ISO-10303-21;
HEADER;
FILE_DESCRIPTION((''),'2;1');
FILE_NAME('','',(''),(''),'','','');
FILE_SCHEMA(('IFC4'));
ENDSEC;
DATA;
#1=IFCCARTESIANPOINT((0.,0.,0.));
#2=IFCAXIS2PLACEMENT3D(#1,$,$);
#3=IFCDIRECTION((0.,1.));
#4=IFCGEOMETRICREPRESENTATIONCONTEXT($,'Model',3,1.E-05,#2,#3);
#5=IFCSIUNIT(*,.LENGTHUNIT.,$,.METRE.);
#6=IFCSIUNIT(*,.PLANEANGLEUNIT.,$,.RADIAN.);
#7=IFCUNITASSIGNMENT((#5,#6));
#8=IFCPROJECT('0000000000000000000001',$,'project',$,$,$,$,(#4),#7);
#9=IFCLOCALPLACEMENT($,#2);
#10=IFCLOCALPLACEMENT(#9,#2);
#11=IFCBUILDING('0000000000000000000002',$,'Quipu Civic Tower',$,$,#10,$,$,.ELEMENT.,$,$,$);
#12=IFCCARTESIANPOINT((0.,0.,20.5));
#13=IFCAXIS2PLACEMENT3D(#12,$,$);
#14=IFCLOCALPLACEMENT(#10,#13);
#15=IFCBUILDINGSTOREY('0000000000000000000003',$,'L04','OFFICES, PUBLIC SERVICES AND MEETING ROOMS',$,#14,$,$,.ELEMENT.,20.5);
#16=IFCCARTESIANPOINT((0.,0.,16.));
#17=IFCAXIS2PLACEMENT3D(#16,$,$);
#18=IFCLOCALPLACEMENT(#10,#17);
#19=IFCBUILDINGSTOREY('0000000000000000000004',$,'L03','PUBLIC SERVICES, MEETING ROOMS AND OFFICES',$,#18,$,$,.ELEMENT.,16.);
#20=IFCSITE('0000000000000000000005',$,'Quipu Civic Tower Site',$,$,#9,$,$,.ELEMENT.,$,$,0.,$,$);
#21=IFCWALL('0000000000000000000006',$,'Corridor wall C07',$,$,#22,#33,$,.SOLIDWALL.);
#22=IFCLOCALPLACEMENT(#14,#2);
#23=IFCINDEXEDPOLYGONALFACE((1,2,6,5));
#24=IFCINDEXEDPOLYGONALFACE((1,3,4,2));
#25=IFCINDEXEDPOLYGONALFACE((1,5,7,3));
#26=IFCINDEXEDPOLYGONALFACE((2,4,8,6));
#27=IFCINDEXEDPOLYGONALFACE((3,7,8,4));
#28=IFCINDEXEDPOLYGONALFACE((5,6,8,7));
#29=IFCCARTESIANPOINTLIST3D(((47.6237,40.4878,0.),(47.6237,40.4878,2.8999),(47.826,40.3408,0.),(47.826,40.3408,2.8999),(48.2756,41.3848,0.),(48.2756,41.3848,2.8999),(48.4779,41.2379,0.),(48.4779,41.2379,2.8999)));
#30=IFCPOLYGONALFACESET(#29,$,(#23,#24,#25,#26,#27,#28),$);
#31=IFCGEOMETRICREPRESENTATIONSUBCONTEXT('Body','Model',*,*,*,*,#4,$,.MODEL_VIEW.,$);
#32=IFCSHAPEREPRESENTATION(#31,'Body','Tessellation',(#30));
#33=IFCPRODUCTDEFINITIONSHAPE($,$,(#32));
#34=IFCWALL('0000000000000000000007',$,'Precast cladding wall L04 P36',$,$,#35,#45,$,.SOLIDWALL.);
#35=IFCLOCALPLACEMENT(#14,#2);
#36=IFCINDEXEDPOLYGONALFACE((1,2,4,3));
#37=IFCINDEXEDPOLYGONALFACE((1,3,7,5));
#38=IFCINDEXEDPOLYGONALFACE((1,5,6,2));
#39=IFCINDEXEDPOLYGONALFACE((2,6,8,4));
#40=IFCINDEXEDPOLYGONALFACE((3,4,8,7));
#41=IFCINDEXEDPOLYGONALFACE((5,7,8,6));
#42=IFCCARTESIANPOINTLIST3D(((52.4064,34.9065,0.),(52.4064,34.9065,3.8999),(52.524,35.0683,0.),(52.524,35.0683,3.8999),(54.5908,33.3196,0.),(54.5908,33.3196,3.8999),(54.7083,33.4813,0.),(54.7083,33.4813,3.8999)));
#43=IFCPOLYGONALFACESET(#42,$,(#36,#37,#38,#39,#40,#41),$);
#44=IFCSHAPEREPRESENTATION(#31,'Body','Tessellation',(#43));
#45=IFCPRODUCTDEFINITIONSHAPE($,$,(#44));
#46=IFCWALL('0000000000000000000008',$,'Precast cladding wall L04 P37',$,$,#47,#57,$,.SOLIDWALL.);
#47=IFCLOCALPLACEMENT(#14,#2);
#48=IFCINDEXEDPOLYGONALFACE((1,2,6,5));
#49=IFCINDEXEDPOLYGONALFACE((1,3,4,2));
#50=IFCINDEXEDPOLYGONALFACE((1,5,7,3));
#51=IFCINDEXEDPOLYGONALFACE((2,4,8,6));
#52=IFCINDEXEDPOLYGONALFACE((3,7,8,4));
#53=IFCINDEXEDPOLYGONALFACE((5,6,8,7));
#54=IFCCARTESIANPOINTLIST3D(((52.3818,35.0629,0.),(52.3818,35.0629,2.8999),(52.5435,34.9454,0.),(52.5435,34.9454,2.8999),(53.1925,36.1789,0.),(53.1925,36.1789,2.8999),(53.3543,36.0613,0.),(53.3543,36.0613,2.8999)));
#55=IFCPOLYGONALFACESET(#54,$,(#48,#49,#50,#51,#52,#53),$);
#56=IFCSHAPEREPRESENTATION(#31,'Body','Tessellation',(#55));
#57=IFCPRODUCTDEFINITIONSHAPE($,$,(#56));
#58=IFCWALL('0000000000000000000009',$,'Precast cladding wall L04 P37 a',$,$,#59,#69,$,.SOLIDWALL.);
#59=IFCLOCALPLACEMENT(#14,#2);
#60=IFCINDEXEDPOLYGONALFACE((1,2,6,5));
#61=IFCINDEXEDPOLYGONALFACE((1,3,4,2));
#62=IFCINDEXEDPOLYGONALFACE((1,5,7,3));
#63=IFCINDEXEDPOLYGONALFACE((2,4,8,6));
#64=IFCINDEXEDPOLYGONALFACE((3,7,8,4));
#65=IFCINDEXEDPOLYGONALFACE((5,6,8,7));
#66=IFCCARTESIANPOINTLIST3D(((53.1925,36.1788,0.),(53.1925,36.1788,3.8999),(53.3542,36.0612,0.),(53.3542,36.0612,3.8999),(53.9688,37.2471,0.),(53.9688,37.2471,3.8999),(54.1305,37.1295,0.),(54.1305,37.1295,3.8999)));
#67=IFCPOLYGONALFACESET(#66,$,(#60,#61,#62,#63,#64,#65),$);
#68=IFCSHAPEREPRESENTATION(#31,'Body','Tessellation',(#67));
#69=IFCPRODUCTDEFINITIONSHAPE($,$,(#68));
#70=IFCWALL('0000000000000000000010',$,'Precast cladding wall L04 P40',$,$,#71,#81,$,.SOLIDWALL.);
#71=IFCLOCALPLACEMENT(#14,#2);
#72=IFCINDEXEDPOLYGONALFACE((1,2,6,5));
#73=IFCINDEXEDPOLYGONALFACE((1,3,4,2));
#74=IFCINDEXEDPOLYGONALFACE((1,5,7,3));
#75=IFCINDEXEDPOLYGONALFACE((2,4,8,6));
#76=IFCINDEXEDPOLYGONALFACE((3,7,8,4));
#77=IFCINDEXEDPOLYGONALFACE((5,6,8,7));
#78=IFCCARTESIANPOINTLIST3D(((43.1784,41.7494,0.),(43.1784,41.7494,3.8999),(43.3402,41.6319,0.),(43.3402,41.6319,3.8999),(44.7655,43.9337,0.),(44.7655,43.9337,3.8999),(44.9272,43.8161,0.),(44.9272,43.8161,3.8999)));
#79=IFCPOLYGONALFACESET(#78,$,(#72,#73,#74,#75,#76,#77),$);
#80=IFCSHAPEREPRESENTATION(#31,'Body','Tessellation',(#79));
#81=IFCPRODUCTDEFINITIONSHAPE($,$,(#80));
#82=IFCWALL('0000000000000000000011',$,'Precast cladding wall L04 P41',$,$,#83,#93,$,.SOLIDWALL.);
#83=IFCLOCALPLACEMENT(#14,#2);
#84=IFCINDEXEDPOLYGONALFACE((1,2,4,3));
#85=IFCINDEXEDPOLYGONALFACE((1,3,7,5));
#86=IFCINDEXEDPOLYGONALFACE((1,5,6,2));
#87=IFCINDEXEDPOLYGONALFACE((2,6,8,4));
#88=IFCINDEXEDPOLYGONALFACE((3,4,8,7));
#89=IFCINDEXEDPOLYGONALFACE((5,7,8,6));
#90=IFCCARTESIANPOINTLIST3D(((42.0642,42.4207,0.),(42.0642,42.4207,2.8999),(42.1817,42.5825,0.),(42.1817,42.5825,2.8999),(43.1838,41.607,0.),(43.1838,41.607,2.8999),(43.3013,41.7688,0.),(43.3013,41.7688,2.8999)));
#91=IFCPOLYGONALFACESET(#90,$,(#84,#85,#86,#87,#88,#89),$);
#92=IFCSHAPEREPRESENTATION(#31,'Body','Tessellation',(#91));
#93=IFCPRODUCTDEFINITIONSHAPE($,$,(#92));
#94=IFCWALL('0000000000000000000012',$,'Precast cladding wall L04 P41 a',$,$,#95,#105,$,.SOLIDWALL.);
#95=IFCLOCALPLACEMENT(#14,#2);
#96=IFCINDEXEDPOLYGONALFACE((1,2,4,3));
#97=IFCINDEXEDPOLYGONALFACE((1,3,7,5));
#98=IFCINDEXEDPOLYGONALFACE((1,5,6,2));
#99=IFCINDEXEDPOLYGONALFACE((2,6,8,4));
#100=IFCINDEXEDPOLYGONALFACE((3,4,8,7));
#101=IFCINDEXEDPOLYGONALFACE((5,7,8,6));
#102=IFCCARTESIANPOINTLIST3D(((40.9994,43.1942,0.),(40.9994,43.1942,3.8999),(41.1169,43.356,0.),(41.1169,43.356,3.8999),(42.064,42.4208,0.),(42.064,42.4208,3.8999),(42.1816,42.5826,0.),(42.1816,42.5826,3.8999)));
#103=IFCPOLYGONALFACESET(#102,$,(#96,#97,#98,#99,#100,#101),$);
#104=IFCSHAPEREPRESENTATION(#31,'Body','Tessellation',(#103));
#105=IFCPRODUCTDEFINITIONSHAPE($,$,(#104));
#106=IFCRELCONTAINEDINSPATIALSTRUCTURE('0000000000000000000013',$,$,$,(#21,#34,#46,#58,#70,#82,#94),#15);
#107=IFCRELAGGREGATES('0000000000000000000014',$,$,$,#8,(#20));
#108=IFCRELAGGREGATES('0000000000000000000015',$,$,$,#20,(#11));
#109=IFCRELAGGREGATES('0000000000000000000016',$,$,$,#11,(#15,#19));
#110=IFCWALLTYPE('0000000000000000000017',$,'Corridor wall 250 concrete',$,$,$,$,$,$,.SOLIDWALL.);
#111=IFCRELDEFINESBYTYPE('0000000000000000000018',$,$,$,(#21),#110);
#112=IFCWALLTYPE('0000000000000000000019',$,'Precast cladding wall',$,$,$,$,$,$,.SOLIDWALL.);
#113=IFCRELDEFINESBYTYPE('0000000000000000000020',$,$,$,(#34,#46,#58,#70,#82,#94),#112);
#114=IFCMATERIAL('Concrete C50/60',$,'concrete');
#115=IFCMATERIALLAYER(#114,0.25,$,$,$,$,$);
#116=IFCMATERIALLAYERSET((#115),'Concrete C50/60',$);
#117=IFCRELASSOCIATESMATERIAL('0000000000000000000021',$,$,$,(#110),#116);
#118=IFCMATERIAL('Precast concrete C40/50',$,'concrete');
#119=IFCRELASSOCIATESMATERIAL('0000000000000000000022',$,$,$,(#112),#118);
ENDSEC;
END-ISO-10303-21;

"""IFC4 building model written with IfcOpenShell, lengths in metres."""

from ifc_helpers import new_model, si_unit, direction, frame, frame_2d, origin, place, context, subcontext, project, spatial, rectangle, extrude, material, layer, layer_set, type_object, element, save


model = new_model("IFC4")

# Units and contexts
model_context = context("Model", 3, precision=1e-05, world=origin(), true_north=direction((0.0, 1.0)))
body_context = subcontext(model_context, "Body", "Model", "MODEL_VIEW")
ifc_project = project(units=[si_unit("LENGTHUNIT", "METRE"), si_unit("PLANEANGLEUNIT", "RADIAN")], contexts=[model_context])

# Site, building, storey
site_placement = place(None, origin())
site = spatial("IfcSite", under=ifc_project, at=site_placement, Name="Quipu Civic Tower Site", CompositionType="ELEMENT", RefElevation=0.0)
building_placement = place(site_placement, origin())
building = spatial("IfcBuilding", under=site, at=building_placement, Name="Quipu Civic Tower", CompositionType="ELEMENT")
storey_1_placement = place(building_placement, frame((0.0, 0.0, 20.5)))
storey_1 = spatial("IfcBuildingStorey", under=building, at=storey_1_placement, Name="L04", Description="OFFICES, PUBLIC SERVICES AND MEETING ROOMS", CompositionType="ELEMENT", Elevation=20.5)

# Shared definitions
storey_2_placement = place(building_placement, frame((0.0, 0.0, 16.0)))
storey_2 = spatial("IfcBuildingStorey", under=building, at=storey_2_placement, Name="L03", Description="PUBLIC SERVICES, MEETING ROOMS AND OFFICES", CompositionType="ELEMENT", Elevation=16.0)

# Shared definitions
ifc_material_1 = material(Name="Concrete C50/60", Category="concrete")
ifc_layer_1 = layer(ifc_material_1, 0.25)
ifc_layer_set_1 = layer_set([ifc_layer_1], Name="Concrete C50/60")
wall_type_1 = type_object("IfcWallType", Name="Corridor wall 250 concrete", PredefinedType="SOLIDWALL", material=ifc_layer_set_1)

# Walls
wall_1_placement = place(storey_1_placement, frame((47.7249, 40.4143, 0.0), z_axis=(0.0, 0.0, 1.0), x_axis=(0.587884, 0.808946, 0.0)))
element("IfcWall", 1, at=wall_1_placement, inside=storey_1, type_object=wall_type_1, Name="Corridor wall C07", PredefinedType="SOLIDWALL", context=body_context, shape_type="SweptSolid", body=[
    extrude(rectangle(XDim=1.1089, YDim=0.25, at=frame_2d((0.5544, 0.0))), origin(), (0.0, 0.0, 1.0), 2.8999),
])
ifc_material_2 = material(Name="Precast concrete C40/50", Category="concrete")
wall_type_2 = type_object("IfcWallType", Name="Precast cladding wall", PredefinedType="SOLIDWALL", material=ifc_material_2)
wall_2_placement = place(storey_1_placement, frame((54.6497, 33.4004, 0.0), z_axis=(0.0, 0.0, 1.0), x_axis=(-0.809033, 0.587763, 0.0)))
element("IfcWall", 2, at=wall_2_placement, inside=storey_1, type_object=wall_type_2, Name="Precast cladding wall L04 P36", PredefinedType="SOLIDWALL", context=body_context, shape_type="SweptSolid", body=[
    extrude(rectangle(XDim=2.7, YDim=0.2, at=frame_2d((1.3501, 0.0))), origin(), (0.0, 0.0, 1.0), 3.8999),
])
wall_3_placement = place(storey_1_placement, frame((52.4626, 35.0042, 0.0), z_axis=(0.0, 0.0, 1.0), x_axis=(0.587782, 0.809019, 0.0)))
element("IfcWall", 3, at=wall_3_placement, inside=storey_1, type_object=wall_type_2, Name="Precast cladding wall L04 P37", PredefinedType="SOLIDWALL", context=body_context, shape_type="SweptSolid", body=[
    extrude(rectangle(XDim=1.3794, YDim=0.2, at=frame_2d((0.6897, 0.0))), origin(), (0.0, 0.0, 1.0), 2.8999),
])
wall_4_placement = place(storey_1_placement, frame((53.2734, 36.1201, 0.0), z_axis=(0.0, 0.0, 1.0), x_axis=(0.587864, 0.80896, 0.0)))
element("IfcWall", 4, at=wall_4_placement, inside=storey_1, type_object=wall_type_2, Name="Precast cladding wall L04 P37 a", PredefinedType="SOLIDWALL", context=body_context, shape_type="SweptSolid", body=[
    extrude(rectangle(XDim=1.3206, YDim=0.2, at=frame_2d((0.6602, 0.0))), origin(), (0.0, 0.0, 1.0), 3.8999),
])
wall_5_placement = place(storey_1_placement, frame((44.8464, 43.875, 0.0), z_axis=(0.0, 0.0, 1.0), x_axis=(-0.587822, -0.80899, 0.0)))
element("IfcWall", 5, at=wall_5_placement, inside=storey_1, type_object=wall_type_2, Name="Precast cladding wall L04 P40", PredefinedType="SOLIDWALL", context=body_context, shape_type="SweptSolid", body=[
    extrude(rectangle(XDim=2.7, YDim=0.2, at=frame_2d((1.3501, 0.0))), origin(), (0.0, 0.0, 1.0), 3.8999),
])
wall_6_placement = place(storey_1_placement, frame((43.2424, 41.688, 0.0), z_axis=(0.0, 0.0, 1.0), x_axis=(-0.808927, 0.587909, 0.0)))
element("IfcWall", 6, at=wall_6_placement, inside=storey_1, type_object=wall_type_2, Name="Precast cladding wall L04 P41", PredefinedType="SOLIDWALL", context=body_context, shape_type="SweptSolid", body=[
    extrude(rectangle(XDim=1.384, YDim=0.2, at=frame_2d((0.6919, 0.0))), origin(), (0.0, 0.0, 1.0), 2.8999),
])
wall_7_placement = place(storey_1_placement, frame((42.1228, 42.5017, 0.0), z_axis=(0.0, 0.0, 1.0), x_axis=(-0.809057, 0.58773, 0.0)))
element("IfcWall", 7, at=wall_7_placement, inside=storey_1, type_object=wall_type_2, Name="Precast cladding wall L04 P41 a", PredefinedType="SOLIDWALL", context=body_context, shape_type="SweptSolid", body=[
    extrude(rectangle(XDim=1.3159, YDim=0.2, at=frame_2d((0.658, 0.0))), origin(), (0.0, 0.0, 1.0), 3.8999),
])

save(model, "model.ifc")
